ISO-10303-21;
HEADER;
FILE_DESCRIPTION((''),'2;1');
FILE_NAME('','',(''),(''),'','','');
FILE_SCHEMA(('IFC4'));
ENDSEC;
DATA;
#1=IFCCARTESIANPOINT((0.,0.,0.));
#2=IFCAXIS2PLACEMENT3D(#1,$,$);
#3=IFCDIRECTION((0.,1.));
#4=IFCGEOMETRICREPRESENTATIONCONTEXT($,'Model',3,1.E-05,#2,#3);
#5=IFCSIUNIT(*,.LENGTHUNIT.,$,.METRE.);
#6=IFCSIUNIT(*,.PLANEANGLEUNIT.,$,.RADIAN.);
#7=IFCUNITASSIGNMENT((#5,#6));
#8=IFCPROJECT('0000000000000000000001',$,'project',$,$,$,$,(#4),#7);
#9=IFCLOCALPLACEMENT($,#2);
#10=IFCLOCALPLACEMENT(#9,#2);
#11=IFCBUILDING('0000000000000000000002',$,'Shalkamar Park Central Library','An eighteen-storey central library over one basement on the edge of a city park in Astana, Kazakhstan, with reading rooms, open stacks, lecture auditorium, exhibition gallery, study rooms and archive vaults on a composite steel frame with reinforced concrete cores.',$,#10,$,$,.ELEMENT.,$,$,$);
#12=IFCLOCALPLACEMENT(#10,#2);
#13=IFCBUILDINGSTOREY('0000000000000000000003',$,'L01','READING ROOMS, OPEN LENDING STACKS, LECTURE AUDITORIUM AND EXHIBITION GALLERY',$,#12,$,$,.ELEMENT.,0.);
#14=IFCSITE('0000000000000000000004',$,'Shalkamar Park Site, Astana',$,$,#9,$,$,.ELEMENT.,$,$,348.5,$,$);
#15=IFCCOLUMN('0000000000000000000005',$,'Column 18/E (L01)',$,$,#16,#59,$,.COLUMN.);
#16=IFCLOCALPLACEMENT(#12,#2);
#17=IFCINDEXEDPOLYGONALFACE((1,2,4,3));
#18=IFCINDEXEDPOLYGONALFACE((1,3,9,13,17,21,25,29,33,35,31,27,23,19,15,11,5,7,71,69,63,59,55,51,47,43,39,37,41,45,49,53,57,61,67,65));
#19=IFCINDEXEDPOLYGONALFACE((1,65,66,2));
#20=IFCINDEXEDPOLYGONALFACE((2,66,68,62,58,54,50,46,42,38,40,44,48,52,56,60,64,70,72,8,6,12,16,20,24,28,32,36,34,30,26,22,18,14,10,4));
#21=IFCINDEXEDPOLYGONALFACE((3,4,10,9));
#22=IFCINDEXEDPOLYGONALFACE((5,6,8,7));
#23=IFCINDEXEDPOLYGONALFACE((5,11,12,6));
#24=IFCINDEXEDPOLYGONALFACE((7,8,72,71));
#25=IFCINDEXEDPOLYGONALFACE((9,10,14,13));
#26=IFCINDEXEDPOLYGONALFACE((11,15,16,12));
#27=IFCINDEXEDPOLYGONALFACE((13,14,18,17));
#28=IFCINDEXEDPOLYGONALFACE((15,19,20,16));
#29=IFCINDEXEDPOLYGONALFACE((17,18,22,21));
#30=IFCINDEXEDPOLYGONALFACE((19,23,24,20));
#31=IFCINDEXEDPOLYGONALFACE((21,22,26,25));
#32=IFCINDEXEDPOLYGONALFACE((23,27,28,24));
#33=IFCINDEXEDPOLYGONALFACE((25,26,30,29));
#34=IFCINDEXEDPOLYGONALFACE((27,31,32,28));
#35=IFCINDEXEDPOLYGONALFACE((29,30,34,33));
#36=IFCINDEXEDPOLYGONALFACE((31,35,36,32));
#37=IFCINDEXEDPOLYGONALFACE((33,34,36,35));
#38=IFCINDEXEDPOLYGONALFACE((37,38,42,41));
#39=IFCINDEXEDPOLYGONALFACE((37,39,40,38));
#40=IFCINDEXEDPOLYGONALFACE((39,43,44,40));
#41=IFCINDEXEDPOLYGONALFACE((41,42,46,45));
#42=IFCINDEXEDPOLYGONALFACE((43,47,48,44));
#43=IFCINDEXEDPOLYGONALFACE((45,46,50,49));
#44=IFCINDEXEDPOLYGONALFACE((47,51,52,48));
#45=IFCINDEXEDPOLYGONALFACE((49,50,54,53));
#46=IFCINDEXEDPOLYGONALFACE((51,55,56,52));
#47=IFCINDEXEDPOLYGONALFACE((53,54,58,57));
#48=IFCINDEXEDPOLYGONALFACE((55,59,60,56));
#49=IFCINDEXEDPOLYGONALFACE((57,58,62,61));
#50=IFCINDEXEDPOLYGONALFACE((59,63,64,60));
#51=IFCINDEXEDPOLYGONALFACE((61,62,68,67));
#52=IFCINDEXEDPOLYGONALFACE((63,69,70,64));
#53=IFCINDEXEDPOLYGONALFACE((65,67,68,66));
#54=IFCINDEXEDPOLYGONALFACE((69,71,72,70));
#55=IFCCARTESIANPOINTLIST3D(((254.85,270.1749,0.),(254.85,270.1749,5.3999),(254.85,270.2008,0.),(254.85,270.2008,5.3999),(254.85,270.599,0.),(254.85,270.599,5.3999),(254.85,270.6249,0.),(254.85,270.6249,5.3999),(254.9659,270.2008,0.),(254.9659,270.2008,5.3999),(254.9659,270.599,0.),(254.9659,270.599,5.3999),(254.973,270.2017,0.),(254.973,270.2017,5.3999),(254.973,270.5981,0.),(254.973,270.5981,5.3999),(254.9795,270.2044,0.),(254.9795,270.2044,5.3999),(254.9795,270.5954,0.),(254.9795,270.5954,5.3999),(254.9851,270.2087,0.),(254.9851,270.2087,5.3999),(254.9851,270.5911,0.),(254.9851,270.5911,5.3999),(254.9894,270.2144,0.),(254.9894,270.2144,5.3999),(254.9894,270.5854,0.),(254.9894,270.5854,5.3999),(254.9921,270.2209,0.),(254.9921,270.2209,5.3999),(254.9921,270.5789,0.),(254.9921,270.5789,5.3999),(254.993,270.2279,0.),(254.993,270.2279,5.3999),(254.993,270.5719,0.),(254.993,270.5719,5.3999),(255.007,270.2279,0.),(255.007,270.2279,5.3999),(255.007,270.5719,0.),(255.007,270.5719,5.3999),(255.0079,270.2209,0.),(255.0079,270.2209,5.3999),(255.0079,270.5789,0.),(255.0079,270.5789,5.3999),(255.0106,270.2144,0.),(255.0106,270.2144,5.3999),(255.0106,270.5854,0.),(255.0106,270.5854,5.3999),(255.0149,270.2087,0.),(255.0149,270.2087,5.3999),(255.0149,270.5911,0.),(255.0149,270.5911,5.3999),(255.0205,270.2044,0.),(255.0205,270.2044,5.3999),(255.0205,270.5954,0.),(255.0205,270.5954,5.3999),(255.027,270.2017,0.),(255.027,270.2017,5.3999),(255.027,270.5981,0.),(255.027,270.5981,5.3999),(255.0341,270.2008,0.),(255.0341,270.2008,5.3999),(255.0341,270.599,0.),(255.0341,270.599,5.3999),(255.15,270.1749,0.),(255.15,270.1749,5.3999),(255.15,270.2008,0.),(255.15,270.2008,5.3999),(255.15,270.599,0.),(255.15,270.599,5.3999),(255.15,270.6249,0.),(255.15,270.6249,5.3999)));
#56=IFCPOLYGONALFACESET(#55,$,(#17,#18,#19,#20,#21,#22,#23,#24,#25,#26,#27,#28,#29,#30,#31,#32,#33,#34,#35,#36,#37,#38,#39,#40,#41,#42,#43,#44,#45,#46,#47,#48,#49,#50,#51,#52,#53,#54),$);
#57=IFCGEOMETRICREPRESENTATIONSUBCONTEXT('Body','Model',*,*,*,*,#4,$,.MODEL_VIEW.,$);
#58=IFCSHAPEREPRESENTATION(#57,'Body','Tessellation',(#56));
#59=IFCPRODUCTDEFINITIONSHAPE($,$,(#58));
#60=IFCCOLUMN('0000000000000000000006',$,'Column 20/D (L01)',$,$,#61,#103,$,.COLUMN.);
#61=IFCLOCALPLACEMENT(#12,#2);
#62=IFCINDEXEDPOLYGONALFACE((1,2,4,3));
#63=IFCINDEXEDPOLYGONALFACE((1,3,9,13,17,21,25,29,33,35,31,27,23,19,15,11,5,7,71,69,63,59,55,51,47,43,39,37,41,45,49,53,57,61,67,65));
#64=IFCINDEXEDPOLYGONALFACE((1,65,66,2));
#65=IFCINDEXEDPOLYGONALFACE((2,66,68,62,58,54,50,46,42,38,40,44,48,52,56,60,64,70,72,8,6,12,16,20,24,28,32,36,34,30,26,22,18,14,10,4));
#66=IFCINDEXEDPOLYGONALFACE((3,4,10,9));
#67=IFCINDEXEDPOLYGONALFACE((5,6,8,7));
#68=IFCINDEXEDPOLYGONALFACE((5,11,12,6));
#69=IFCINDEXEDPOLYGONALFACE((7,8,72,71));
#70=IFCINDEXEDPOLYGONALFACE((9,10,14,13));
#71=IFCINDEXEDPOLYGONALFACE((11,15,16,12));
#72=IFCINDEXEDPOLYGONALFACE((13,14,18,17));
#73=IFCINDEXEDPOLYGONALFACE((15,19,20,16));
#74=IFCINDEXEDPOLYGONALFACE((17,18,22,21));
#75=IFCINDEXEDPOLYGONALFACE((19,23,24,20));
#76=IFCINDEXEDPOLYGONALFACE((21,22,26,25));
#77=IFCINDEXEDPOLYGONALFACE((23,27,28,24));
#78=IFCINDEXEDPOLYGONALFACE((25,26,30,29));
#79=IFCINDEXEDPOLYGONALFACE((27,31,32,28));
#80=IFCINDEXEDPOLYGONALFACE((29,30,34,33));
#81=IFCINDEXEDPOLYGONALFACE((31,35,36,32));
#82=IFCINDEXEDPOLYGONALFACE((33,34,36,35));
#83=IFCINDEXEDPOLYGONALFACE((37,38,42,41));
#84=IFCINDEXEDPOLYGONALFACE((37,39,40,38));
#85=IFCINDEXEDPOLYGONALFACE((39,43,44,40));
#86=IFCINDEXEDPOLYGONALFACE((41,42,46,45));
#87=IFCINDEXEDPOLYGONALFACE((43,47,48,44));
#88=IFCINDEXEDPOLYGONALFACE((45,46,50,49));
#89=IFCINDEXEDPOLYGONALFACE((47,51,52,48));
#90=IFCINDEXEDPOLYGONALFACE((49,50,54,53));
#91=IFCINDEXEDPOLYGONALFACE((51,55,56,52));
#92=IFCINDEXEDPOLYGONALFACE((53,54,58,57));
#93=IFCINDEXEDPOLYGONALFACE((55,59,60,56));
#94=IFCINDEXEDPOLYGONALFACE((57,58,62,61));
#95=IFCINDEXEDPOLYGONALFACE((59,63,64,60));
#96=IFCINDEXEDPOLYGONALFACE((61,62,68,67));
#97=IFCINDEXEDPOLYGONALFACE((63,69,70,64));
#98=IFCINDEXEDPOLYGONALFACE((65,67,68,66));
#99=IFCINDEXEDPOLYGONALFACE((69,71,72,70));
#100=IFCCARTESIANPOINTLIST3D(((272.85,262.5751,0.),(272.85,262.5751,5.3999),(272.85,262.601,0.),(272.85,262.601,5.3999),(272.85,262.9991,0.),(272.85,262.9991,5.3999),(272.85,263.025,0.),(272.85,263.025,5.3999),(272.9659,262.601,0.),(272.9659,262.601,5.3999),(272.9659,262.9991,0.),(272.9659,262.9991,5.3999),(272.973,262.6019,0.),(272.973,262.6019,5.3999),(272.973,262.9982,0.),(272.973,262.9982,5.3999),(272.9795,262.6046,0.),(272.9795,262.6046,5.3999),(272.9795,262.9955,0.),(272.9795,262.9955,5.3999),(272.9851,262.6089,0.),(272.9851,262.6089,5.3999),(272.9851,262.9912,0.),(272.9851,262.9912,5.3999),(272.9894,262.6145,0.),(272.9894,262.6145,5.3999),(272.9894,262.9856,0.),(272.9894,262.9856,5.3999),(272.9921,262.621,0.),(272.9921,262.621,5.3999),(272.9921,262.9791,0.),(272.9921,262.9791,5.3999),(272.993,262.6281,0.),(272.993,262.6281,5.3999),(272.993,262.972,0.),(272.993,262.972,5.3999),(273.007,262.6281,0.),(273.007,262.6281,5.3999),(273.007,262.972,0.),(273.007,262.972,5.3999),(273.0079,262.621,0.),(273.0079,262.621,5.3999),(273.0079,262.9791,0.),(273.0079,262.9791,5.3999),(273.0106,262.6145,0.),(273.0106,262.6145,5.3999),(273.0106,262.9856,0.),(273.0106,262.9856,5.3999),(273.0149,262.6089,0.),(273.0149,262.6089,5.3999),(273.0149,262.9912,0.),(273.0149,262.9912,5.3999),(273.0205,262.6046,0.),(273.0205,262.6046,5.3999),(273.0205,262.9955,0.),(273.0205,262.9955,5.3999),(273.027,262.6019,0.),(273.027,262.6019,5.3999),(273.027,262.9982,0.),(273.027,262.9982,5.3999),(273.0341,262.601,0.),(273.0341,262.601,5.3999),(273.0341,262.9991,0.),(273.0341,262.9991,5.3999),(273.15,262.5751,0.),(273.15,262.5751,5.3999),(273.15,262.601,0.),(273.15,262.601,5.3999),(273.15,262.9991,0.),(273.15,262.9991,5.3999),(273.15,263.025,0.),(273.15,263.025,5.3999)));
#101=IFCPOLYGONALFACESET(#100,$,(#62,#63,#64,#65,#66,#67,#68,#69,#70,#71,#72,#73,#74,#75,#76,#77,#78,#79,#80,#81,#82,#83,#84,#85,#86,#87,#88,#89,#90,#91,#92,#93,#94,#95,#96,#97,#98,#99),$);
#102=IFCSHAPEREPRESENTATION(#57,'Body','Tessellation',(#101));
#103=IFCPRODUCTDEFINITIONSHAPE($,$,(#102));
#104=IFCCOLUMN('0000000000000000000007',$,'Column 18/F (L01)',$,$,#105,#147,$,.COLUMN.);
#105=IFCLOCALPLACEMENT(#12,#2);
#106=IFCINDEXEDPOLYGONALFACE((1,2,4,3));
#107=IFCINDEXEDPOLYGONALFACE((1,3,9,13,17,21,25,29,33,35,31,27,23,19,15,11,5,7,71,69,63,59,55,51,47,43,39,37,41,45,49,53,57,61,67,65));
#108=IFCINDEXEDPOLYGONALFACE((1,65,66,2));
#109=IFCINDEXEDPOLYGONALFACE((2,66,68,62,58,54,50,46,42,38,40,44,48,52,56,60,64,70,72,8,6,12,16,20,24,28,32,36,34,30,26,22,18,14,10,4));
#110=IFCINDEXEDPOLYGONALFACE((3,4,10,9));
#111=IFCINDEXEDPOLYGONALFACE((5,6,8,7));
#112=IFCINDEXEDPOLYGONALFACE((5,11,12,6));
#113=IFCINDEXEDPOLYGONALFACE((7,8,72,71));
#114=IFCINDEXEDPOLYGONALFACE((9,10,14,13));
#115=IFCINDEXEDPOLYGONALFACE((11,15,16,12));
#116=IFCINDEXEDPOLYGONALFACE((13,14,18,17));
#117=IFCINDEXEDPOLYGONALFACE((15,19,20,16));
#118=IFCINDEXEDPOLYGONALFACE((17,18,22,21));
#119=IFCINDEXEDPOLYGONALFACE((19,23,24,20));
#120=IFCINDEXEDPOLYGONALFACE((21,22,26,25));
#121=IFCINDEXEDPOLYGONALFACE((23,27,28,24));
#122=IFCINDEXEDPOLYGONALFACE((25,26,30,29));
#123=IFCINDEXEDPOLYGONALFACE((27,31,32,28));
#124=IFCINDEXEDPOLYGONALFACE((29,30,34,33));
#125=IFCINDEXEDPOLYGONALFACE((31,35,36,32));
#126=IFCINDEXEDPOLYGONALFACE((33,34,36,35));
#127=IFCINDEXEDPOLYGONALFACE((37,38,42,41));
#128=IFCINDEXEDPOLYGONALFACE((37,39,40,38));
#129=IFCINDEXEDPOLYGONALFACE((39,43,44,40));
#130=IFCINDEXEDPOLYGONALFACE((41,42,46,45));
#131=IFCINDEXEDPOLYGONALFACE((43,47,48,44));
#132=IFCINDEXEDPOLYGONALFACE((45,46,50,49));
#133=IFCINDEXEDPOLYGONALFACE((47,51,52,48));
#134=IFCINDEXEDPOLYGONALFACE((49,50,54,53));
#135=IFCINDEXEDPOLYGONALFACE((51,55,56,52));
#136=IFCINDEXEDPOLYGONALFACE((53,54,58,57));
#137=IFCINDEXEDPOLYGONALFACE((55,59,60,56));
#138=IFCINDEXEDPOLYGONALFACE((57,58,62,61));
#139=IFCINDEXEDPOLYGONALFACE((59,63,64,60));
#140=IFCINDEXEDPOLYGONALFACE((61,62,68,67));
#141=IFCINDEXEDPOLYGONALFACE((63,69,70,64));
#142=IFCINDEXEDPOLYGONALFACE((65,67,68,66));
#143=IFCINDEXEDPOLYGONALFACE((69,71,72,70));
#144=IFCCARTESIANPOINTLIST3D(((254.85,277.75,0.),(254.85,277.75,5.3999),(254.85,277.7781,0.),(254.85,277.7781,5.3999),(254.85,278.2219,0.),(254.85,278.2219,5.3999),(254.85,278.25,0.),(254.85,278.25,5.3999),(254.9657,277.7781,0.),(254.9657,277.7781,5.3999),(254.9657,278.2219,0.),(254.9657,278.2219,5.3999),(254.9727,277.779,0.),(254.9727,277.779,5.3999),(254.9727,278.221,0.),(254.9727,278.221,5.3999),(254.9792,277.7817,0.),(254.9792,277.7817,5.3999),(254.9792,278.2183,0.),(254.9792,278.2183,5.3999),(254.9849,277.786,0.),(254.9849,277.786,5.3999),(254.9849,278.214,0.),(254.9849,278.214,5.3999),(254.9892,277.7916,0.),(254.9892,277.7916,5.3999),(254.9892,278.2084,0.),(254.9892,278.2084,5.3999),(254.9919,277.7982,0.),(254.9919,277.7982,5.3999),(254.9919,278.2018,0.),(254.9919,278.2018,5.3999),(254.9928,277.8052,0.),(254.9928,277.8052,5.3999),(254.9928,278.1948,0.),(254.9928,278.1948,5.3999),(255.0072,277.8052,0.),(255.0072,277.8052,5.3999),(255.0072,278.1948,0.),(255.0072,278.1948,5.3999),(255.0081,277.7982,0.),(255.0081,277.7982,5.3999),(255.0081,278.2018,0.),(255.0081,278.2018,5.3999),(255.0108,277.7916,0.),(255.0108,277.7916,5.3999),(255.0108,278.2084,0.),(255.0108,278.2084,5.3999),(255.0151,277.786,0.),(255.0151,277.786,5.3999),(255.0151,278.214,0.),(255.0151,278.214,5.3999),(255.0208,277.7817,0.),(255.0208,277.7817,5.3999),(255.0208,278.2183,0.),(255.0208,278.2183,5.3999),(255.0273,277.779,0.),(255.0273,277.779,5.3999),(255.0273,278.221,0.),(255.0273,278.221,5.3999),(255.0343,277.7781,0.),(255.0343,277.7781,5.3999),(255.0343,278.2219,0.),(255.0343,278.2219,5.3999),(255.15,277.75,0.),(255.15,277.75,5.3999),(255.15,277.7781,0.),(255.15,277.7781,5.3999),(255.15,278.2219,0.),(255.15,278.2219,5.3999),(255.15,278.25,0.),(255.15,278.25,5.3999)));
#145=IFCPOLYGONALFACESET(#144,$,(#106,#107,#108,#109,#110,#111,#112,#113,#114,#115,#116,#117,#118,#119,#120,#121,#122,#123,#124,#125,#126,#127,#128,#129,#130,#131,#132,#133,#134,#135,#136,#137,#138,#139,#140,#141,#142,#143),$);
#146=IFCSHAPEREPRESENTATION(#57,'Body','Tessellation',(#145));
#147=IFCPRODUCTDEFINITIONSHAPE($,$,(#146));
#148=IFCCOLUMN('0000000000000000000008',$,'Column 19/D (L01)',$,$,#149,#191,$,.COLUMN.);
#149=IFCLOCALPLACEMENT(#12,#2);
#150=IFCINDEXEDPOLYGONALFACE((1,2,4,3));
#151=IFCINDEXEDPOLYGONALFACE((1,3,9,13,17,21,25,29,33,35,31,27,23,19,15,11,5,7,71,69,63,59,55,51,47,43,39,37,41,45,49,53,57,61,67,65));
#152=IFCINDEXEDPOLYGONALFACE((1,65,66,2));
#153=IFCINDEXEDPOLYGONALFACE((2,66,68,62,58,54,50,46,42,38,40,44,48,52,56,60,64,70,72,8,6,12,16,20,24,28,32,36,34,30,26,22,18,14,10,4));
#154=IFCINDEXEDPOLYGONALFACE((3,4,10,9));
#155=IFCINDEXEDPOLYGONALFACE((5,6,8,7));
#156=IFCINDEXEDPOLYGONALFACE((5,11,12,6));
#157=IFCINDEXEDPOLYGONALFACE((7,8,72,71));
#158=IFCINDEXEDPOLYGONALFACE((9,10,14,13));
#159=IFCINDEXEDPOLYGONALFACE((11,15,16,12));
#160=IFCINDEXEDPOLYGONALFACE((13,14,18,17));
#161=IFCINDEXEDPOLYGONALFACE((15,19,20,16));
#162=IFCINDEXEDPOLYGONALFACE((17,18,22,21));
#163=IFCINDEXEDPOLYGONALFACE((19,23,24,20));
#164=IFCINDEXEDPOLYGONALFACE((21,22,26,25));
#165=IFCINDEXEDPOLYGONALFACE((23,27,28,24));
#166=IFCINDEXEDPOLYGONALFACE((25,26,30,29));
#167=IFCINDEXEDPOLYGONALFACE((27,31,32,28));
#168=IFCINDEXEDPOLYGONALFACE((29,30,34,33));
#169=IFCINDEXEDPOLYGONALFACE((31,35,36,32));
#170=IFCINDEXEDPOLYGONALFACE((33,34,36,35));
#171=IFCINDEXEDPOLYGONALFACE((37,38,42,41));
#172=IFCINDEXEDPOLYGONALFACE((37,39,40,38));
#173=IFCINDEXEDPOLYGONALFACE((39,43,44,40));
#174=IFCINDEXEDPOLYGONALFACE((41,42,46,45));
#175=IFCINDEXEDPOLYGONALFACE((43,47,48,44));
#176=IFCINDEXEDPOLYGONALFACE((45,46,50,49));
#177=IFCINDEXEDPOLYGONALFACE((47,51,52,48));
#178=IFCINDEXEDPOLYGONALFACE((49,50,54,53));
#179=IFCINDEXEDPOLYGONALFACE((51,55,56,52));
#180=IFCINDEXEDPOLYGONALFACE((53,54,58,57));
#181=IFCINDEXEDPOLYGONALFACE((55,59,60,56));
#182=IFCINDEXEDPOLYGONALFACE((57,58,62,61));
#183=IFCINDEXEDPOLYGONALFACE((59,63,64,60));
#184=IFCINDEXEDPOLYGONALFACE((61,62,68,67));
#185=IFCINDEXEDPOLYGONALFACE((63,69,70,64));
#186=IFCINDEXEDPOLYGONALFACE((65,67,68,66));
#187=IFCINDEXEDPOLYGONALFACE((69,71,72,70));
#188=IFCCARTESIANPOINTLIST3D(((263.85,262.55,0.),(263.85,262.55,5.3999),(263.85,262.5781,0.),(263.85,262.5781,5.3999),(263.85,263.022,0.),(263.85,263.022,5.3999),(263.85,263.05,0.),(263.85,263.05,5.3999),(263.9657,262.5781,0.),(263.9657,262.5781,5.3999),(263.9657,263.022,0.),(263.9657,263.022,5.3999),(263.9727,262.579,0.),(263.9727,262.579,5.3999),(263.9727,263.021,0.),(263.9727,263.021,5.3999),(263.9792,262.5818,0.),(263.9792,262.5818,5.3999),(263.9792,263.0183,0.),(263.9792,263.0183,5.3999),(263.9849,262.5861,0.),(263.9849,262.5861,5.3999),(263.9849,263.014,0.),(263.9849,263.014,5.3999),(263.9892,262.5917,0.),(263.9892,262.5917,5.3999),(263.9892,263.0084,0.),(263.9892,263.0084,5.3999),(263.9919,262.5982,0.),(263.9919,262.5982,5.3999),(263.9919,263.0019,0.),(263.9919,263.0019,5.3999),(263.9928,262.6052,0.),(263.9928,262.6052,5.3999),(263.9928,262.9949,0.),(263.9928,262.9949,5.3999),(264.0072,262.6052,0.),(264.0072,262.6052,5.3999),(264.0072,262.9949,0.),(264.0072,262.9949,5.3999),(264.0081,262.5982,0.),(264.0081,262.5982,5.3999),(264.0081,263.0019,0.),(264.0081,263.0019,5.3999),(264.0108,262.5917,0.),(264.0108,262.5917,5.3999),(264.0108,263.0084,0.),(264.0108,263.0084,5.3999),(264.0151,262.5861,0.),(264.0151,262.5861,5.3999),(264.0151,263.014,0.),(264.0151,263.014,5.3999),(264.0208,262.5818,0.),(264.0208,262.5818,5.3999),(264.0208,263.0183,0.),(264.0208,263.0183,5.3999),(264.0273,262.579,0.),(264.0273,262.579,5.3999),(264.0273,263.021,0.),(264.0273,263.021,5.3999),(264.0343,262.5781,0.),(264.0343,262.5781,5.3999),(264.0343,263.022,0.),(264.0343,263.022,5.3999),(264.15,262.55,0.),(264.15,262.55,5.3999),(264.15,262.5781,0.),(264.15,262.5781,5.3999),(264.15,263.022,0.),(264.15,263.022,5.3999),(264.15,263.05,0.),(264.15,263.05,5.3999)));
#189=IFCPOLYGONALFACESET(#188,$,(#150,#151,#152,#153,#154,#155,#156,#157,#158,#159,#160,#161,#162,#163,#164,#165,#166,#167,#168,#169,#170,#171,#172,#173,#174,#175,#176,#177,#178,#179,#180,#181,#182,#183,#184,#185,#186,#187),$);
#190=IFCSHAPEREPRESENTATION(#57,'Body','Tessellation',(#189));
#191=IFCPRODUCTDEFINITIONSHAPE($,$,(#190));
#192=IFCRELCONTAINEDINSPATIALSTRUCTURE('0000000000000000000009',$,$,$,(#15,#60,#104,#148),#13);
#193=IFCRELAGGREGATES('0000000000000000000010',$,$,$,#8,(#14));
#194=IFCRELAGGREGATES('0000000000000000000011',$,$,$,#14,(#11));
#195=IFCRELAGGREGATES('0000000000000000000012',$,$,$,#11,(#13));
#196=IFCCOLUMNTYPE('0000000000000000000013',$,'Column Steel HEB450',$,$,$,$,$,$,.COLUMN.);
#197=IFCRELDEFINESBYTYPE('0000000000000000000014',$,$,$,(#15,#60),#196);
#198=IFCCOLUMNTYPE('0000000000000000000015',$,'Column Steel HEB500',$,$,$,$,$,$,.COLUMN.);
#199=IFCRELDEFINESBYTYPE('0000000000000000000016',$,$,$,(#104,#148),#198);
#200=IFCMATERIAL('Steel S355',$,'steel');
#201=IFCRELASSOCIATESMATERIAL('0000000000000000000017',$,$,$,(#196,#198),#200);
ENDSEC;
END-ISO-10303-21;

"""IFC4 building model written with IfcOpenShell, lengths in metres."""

from ifc_helpers import new_model, si_unit, direction, frame, origin, origin_2d, place, context, subcontext, project, spatial, i_section, extrude, material, material_profile, profile_set, type_object, element, save


model = new_model("IFC4")

# Units and contexts
model_context = context("Model", 3, precision=1e-05, world=origin(), true_north=direction((0.0, 1.0)))
body_context = subcontext(model_context, "Body", "Model", "MODEL_VIEW")
ifc_project = project(units=[si_unit("LENGTHUNIT", "METRE"), si_unit("PLANEANGLEUNIT", "RADIAN")], contexts=[model_context])

# Site, building, storey
site_placement = place(None, origin())
site = spatial("IfcSite", under=ifc_project, at=site_placement, Name="Shalkamar Park Site, Astana", CompositionType="ELEMENT", RefElevation=348.5)
building_placement = place(site_placement, origin())
building = spatial("IfcBuilding", under=site, at=building_placement, Name="Shalkamar Park Central Library", Description="An eighteen-storey central library over one basement on the edge of a city park in Astana, Kazakhstan, with reading rooms, open stacks, lecture auditorium, exhibition gallery, study rooms and archive vaults on a composite steel frame with reinforced concrete cores.", CompositionType="ELEMENT")
storey_placement = place(building_placement, origin())
storey = spatial("IfcBuildingStorey", under=building, at=storey_placement, Name="L01", Description="READING ROOMS, OPEN LENDING STACKS, LECTURE AUDITORIUM AND EXHIBITION GALLERY", CompositionType="ELEMENT", Elevation=0.0)

# Columns
ifc_material_1 = material(Name="Steel S355", Category="steel")
ifc_material_profile_1 = material_profile(ifc_material_1, i_section(OverallWidth=0.3, OverallDepth=0.45, WebThickness=0.0139, FlangeThickness=0.0259, FilletRadius=0.0271, at=origin_2d()), Name="HEB 450")
ifc_profile_set_1 = profile_set([ifc_material_profile_1], Name="Steel S355")
column_type_1 = type_object("IfcColumnType", Name="Column Steel HEB450", PredefinedType="COLUMN", material=ifc_profile_set_1)
for number, where, z_axis, x_axis, name in (
    (1, (255.0, 270.3999, 0.0), (0.0, 0.0, 1.0), (1.0, 0.0, 0.0), "Column 18/E (L01)"),
    (2, (273.0, 262.8, 0.0), (0.0, 0.0, 1.0), (1.0, 0.0, 0.0), "Column 20/D (L01)"),
):
    element("IfcColumn", number, at=place(storey_placement, frame(where, z_axis=z_axis, x_axis=x_axis)), inside=storey, type_object=column_type_1, Name=name, PredefinedType="COLUMN", context=body_context, shape_type="SweptSolid", body=[
        extrude(i_section(OverallWidth=0.3, OverallDepth=0.45, WebThickness=0.0139, FlangeThickness=0.0259, FilletRadius=0.0271, at=origin_2d()), origin(), (0.0, 0.0, 1.0), 5.3999),
    ])
ifc_material_profile_2 = material_profile(ifc_material_1, i_section(OverallWidth=0.3, OverallDepth=0.5, WebThickness=0.0144, FlangeThickness=0.0281, FilletRadius=0.0271, at=origin_2d()), Name="HEB 500")
ifc_profile_set_2 = profile_set([ifc_material_profile_2], Name="Steel S355")
column_type_2 = type_object("IfcColumnType", Name="Column Steel HEB500", PredefinedType="COLUMN", material=ifc_profile_set_2)
for number, where, z_axis, x_axis, name in (
    (3, (255.0, 278.0, 0.0), (0.0, 0.0, 1.0), (1.0, 0.0, 0.0), "Column 18/F (L01)"),
    (4, (264.0, 262.8, 0.0), (0.0, 0.0, 1.0), (1.0, 0.0, 0.0), "Column 19/D (L01)"),
):
    element("IfcColumn", number, at=place(storey_placement, frame(where, z_axis=z_axis, x_axis=x_axis)), inside=storey, type_object=column_type_2, Name=name, PredefinedType="COLUMN", context=body_context, shape_type="SweptSolid", body=[
        extrude(i_section(OverallWidth=0.3, OverallDepth=0.5, WebThickness=0.0144, FlangeThickness=0.0281, FilletRadius=0.0271, at=origin_2d()), origin(), (0.0, 0.0, 1.0), 5.3999),
    ])

save(model, "model.ifc")
